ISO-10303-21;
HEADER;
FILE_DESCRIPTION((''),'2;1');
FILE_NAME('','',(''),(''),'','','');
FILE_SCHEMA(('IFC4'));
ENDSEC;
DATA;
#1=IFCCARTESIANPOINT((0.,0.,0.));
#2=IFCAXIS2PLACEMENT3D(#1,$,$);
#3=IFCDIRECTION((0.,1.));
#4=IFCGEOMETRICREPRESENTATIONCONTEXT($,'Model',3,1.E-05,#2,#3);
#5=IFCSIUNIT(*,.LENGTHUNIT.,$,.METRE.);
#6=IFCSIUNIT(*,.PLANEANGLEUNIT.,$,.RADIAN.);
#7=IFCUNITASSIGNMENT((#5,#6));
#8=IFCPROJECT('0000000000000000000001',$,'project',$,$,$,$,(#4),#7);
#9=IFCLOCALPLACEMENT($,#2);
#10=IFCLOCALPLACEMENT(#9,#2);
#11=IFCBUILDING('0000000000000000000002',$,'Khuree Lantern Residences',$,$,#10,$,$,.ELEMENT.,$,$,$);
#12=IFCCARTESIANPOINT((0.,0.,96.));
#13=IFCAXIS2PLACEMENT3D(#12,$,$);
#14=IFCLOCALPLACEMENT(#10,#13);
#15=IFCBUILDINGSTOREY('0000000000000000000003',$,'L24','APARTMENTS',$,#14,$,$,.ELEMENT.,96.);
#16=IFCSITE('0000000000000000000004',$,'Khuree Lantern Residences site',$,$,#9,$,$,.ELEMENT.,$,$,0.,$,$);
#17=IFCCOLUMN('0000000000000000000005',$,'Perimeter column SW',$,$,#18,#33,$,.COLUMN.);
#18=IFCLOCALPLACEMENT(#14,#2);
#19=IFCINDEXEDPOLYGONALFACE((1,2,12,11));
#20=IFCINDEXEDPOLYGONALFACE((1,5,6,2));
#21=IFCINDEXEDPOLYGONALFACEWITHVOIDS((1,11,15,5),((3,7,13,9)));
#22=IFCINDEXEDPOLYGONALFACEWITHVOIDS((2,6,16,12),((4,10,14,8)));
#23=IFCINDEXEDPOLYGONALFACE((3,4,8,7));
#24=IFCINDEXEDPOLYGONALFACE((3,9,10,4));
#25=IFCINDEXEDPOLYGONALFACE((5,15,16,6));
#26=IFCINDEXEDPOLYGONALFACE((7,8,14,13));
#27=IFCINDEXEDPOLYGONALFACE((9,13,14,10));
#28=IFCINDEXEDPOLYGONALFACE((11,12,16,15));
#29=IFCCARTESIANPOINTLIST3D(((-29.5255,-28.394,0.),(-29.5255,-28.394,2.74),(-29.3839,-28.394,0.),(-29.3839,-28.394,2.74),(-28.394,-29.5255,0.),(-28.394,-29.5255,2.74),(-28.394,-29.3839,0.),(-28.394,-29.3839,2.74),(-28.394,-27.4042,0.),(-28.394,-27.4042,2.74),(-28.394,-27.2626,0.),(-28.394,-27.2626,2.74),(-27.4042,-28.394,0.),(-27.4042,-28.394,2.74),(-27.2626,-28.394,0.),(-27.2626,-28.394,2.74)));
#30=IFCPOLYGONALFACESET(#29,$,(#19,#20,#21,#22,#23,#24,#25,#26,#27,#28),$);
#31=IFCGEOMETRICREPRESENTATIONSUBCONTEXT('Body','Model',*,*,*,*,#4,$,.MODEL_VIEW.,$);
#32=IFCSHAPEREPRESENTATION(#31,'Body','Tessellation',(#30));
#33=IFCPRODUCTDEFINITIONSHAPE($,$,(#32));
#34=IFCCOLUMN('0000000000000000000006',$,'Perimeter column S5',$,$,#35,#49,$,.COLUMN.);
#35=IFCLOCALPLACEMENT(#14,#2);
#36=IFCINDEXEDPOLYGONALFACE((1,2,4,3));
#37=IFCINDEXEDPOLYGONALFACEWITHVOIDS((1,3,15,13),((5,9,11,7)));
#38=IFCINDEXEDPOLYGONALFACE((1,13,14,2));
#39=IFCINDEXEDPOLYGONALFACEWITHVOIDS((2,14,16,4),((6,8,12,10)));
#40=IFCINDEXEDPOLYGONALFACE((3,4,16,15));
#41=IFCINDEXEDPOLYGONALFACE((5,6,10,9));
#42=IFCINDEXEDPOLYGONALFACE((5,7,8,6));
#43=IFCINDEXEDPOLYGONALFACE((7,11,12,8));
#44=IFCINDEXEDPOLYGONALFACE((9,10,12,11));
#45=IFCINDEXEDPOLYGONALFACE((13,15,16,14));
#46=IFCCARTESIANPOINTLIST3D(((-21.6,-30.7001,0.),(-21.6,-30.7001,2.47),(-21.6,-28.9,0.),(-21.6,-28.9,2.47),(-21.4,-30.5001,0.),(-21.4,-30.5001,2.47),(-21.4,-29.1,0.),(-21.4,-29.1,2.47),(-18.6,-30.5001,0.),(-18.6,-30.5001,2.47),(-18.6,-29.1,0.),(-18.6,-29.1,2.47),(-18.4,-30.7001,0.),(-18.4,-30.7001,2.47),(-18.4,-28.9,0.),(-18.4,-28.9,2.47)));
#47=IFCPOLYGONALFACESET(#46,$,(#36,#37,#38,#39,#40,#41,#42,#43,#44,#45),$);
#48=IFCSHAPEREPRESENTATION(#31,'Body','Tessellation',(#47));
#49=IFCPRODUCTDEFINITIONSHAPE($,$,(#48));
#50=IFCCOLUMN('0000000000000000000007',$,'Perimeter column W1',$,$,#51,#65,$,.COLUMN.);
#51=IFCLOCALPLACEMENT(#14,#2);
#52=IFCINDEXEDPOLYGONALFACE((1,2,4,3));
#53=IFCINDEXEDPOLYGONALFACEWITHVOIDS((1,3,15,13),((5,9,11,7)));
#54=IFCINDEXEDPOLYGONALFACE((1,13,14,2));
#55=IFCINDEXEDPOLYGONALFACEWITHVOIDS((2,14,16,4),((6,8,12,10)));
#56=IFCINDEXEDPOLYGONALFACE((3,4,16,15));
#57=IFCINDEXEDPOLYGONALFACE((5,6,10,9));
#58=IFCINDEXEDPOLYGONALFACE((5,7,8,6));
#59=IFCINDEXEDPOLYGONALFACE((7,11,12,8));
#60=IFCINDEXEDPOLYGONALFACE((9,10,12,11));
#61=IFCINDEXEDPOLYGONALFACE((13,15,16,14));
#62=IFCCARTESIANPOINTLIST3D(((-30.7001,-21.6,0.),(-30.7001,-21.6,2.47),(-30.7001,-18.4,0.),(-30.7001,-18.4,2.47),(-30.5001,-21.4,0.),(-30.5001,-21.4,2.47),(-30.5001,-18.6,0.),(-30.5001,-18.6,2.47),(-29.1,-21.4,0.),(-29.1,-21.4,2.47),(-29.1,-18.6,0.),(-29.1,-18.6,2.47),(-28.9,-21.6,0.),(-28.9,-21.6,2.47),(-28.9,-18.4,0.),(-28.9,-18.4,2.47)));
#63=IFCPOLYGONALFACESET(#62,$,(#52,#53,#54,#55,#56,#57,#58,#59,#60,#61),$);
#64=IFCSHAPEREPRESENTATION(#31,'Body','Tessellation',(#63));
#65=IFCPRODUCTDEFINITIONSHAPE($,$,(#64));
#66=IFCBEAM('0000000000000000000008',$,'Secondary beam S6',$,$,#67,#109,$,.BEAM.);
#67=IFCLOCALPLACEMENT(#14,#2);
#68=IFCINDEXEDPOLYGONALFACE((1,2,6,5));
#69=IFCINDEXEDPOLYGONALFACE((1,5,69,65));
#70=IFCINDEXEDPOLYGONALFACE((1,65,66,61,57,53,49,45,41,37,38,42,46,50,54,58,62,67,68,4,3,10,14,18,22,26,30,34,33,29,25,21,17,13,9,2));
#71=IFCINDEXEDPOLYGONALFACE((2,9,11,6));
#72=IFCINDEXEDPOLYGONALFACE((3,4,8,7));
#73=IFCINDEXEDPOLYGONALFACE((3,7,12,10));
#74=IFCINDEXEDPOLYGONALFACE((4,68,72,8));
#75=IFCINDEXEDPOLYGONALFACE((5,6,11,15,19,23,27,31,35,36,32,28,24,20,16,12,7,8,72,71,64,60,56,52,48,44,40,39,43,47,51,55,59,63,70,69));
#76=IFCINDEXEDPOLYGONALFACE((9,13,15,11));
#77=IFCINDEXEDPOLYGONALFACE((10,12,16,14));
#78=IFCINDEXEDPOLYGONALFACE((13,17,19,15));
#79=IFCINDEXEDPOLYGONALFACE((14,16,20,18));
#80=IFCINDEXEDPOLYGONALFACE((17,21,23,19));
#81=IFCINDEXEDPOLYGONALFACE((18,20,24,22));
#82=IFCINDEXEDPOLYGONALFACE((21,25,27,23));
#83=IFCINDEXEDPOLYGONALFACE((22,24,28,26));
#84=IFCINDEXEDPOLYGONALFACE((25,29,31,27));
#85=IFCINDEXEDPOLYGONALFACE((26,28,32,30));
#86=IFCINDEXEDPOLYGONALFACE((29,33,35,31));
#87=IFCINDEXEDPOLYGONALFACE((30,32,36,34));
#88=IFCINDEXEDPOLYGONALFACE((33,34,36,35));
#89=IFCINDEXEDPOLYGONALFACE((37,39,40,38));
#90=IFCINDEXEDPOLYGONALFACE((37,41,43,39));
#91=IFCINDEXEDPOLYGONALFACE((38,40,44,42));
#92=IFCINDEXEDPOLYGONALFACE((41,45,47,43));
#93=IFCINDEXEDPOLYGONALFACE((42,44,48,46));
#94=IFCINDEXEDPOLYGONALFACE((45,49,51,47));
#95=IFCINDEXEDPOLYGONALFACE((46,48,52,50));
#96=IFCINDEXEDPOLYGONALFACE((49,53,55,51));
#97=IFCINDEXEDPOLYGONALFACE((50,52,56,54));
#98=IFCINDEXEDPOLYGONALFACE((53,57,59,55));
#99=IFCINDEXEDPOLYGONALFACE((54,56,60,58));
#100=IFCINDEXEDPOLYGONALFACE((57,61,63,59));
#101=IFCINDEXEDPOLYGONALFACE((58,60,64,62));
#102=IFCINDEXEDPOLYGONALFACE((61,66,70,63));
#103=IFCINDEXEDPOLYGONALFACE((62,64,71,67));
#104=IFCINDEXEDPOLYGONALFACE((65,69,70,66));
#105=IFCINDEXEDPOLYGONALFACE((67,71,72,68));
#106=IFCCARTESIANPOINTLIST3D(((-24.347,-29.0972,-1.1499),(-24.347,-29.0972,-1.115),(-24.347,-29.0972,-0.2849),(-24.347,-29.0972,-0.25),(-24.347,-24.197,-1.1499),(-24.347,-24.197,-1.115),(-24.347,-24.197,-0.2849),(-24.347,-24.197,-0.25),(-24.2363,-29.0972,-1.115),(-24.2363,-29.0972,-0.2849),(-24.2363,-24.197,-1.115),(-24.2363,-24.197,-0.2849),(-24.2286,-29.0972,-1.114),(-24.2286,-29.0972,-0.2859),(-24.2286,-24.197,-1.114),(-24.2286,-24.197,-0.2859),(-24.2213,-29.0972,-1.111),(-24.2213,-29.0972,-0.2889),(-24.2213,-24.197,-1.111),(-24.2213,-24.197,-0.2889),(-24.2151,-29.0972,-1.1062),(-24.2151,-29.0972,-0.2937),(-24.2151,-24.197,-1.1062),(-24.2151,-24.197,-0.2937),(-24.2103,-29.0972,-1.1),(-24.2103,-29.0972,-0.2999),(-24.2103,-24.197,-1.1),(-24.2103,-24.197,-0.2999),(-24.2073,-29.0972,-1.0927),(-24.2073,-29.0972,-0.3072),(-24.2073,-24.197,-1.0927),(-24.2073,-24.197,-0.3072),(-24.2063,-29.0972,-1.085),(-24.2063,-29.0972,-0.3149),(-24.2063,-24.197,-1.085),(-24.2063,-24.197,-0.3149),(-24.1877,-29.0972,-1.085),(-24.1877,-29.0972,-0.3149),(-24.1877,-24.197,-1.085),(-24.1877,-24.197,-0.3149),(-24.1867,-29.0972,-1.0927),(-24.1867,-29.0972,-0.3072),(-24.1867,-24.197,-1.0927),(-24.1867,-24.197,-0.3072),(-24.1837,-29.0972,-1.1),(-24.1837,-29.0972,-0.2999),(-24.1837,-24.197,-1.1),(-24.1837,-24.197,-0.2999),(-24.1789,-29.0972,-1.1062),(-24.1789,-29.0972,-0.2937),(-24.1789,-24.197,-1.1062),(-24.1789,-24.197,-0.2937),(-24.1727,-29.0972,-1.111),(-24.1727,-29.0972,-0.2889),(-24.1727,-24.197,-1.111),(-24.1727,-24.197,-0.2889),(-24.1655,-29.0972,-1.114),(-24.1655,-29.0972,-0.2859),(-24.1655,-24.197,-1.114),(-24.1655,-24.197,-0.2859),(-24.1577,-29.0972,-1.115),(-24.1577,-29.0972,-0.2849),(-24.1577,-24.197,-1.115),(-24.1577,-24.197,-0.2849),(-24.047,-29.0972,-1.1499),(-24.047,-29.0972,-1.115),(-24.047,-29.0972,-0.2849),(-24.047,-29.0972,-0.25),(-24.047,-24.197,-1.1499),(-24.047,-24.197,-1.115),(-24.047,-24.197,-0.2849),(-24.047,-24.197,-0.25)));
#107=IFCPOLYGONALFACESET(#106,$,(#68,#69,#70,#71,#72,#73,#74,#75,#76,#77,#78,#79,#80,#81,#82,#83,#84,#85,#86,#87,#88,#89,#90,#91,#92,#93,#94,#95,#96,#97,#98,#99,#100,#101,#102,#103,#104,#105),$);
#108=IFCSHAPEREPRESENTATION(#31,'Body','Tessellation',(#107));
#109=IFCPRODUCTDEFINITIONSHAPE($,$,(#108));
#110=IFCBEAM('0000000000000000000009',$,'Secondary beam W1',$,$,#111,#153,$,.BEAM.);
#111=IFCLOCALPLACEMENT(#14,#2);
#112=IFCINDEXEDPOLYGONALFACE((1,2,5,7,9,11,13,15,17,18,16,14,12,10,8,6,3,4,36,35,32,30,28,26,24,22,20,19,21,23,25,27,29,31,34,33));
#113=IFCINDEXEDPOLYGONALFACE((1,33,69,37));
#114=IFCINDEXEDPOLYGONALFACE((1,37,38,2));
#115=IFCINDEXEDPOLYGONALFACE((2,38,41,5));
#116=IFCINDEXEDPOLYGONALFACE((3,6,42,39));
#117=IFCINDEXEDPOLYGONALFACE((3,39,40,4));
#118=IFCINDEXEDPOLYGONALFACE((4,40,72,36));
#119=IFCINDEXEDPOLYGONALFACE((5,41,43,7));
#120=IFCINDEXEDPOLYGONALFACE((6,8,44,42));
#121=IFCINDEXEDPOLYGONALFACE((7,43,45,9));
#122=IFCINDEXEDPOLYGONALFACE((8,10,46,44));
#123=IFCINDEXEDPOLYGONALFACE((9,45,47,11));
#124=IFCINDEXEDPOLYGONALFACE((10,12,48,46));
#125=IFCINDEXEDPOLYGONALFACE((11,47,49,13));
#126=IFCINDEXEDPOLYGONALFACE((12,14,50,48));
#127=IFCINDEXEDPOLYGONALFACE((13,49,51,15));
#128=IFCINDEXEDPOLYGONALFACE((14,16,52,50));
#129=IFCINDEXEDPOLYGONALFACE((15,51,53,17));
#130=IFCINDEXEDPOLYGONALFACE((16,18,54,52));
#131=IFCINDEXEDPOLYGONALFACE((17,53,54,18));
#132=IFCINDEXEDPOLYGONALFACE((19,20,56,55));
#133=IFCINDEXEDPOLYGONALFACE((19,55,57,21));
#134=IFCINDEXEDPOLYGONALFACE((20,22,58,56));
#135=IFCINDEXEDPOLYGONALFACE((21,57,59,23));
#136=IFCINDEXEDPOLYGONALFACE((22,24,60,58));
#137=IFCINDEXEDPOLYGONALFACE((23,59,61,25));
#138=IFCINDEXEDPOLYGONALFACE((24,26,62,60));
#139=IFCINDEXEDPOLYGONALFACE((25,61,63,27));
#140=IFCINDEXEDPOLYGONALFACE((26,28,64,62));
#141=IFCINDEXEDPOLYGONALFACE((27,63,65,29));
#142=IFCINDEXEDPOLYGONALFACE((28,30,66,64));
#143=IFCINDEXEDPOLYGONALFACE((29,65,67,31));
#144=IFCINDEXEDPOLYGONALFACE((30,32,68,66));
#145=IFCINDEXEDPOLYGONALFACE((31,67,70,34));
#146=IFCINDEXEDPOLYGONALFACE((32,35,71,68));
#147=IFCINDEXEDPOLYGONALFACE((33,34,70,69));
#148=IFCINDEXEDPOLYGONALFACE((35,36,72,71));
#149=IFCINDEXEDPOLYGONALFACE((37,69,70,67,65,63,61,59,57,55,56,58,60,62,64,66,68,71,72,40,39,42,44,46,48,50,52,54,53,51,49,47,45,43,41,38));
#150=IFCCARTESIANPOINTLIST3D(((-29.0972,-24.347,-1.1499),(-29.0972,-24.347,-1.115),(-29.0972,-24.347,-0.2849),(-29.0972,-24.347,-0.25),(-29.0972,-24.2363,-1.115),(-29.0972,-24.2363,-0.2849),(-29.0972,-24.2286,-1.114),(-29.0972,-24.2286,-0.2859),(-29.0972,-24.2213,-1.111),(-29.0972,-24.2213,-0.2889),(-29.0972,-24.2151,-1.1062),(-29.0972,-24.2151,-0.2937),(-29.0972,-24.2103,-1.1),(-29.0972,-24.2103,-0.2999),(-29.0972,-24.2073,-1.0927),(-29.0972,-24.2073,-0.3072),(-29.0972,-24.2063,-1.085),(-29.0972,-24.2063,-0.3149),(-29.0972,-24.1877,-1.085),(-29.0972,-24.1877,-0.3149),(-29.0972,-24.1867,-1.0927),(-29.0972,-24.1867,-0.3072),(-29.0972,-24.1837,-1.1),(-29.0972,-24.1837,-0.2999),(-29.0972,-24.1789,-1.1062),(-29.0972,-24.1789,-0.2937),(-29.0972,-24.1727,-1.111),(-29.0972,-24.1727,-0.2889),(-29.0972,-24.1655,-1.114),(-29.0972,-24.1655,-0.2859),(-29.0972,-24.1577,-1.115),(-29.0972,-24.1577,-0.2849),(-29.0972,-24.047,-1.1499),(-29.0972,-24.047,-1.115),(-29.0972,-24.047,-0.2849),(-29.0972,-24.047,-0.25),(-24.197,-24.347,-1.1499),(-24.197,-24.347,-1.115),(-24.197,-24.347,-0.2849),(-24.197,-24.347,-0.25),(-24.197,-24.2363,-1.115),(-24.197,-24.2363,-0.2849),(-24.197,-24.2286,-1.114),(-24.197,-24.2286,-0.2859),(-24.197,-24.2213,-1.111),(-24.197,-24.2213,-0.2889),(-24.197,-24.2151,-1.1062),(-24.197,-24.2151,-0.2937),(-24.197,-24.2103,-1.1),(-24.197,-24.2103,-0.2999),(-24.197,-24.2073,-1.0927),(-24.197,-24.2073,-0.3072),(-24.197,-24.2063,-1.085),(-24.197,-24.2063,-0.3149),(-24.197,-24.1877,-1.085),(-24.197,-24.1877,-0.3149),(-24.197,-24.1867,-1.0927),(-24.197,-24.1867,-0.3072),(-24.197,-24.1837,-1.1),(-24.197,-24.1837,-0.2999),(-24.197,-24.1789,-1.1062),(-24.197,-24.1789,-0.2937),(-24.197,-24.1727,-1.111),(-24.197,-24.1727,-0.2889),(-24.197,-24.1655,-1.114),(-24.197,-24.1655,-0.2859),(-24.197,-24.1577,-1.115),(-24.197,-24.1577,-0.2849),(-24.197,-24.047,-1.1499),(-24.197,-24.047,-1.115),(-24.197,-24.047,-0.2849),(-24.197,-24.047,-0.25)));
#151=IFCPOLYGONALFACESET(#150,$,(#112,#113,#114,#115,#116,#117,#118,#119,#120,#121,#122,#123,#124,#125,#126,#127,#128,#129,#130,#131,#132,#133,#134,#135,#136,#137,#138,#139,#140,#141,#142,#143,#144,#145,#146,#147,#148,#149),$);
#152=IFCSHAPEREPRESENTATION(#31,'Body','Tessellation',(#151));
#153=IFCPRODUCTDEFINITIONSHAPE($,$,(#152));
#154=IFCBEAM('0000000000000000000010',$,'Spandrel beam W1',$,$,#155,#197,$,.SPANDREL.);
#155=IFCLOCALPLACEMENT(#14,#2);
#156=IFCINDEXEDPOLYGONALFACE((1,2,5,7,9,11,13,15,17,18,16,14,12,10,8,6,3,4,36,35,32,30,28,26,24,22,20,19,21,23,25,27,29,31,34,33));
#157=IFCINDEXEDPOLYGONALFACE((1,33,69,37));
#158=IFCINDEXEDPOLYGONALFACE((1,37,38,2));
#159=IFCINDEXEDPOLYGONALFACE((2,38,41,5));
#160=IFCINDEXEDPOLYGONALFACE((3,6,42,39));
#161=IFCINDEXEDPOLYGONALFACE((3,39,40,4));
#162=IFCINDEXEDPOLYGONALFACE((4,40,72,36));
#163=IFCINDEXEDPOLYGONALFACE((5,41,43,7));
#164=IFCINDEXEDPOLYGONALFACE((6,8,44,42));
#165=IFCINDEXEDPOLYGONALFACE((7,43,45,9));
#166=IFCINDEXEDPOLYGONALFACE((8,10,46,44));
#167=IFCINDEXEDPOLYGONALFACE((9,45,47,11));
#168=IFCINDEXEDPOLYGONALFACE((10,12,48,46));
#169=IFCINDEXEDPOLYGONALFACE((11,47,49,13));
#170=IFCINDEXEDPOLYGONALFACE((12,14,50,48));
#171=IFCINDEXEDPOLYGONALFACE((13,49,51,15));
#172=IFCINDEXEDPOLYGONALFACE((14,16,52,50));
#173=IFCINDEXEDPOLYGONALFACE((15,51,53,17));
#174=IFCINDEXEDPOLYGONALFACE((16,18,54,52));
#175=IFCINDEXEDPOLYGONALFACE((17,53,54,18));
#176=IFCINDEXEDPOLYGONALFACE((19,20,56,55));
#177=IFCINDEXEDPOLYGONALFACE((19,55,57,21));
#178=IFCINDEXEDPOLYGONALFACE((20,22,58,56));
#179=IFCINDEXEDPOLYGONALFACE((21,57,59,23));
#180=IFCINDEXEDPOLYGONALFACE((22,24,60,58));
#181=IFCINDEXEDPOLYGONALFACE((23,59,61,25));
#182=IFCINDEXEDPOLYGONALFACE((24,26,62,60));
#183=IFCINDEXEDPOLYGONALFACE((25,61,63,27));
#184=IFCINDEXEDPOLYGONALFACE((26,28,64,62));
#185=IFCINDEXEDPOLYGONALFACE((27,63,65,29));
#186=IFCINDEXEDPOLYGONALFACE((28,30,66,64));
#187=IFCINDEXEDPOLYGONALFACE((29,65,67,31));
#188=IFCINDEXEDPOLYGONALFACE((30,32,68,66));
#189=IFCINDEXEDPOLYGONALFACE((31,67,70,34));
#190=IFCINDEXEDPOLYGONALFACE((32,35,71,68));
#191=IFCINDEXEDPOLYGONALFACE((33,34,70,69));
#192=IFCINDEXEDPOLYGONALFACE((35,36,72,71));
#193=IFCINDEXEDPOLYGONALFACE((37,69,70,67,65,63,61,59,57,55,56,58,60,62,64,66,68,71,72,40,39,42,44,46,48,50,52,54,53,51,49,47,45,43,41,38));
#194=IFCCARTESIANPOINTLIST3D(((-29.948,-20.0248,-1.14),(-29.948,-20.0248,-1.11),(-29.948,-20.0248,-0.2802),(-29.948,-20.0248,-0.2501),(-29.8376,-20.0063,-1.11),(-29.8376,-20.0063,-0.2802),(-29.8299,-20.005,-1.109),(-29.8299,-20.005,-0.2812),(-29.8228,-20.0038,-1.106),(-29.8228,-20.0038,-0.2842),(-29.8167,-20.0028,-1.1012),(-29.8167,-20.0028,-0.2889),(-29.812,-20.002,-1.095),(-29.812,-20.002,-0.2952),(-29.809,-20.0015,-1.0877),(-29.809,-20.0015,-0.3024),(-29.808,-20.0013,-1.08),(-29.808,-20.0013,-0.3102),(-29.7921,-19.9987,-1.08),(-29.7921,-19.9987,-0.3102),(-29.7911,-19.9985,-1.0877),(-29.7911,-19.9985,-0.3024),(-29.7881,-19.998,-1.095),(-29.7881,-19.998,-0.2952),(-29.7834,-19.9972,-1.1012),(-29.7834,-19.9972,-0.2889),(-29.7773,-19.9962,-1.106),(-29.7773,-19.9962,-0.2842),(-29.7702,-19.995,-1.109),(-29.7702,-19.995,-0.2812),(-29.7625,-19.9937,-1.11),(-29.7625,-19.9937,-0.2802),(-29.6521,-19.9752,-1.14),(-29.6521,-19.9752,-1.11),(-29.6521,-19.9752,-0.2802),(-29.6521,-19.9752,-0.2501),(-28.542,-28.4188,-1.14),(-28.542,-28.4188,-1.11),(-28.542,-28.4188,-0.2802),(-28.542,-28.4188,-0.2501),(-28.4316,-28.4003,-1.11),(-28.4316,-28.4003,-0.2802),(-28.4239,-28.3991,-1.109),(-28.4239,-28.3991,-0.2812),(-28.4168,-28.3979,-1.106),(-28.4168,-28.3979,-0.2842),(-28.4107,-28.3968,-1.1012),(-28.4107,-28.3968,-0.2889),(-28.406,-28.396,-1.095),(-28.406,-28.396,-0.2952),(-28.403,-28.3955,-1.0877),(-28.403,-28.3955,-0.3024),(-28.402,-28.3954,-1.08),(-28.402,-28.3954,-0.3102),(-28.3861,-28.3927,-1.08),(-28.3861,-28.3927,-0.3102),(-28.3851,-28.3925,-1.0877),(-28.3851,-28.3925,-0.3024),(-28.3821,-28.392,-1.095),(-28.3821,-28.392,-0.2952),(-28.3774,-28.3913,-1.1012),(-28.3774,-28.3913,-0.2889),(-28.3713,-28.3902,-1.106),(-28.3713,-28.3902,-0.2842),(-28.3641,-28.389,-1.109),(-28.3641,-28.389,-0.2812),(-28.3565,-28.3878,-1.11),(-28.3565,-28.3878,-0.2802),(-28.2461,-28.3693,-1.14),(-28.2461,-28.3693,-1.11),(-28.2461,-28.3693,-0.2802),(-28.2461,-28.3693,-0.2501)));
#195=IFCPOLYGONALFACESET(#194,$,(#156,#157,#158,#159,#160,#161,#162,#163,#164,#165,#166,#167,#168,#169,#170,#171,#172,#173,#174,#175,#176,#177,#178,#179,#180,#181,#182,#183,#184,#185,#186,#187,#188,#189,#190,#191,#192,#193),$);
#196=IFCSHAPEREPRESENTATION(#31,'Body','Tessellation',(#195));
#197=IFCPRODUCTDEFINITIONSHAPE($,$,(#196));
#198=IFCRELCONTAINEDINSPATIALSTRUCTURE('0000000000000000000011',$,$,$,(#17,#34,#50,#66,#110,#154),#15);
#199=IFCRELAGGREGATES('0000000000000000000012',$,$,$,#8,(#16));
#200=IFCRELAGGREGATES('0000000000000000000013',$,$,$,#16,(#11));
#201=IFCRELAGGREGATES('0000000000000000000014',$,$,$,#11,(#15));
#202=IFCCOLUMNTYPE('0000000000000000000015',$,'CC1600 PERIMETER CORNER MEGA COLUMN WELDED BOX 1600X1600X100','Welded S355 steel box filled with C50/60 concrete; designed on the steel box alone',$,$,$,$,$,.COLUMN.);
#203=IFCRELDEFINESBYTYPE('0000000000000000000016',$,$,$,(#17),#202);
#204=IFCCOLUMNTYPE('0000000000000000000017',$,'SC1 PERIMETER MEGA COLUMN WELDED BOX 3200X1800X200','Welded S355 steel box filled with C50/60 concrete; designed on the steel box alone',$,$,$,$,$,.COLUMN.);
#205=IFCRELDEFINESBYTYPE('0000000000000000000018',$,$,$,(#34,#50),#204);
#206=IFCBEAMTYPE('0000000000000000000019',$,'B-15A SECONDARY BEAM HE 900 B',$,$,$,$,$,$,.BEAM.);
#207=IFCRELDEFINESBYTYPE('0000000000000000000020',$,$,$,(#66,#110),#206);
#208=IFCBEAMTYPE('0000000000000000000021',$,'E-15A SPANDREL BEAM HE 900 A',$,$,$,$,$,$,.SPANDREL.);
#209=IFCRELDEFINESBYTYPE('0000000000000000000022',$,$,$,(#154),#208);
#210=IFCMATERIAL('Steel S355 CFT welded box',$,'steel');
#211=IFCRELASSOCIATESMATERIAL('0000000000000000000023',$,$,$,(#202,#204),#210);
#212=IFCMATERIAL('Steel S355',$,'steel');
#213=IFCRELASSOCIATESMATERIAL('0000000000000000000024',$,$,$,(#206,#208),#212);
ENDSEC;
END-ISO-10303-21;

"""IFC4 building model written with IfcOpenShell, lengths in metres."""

from ifc_helpers import new_model, si_unit, direction, frame, origin, origin_2d, place, context, subcontext, project, spatial, hollow_rectangle, i_section, extrude, material, material_profile, profile_set, type_object, element, save


model = new_model("IFC4")

# Units and contexts
model_context = context("Model", 3, precision=1e-05, world=origin(), true_north=direction((0.0, 1.0)))
body_context = subcontext(model_context, "Body", "Model", "MODEL_VIEW")
ifc_project = project(units=[si_unit("LENGTHUNIT", "METRE"), si_unit("PLANEANGLEUNIT", "RADIAN")], contexts=[model_context])

# Site, building, storey
site_placement = place(None, origin())
site = spatial("IfcSite", under=ifc_project, at=site_placement, Name="Khuree Lantern Residences site", CompositionType="ELEMENT", RefElevation=0.0)
building_placement = place(site_placement, origin())
building = spatial("IfcBuilding", under=site, at=building_placement, Name="Khuree Lantern Residences", CompositionType="ELEMENT")
storey_placement = place(building_placement, frame((0.0, 0.0, 96.0)))
storey = spatial("IfcBuildingStorey", under=building, at=storey_placement, Name="L24", Description="APARTMENTS", CompositionType="ELEMENT", Elevation=96.0)

# Columns
ifc_material_1 = material(Name="Steel S355 CFT welded box", Category="steel")
ifc_material_profile_1 = material_profile(ifc_material_1, hollow_rectangle(XDim=1.6001, YDim=1.6001, WallThickness=0.1001, at=origin_2d()), Name="WELDED BOX 1600X1600X100")
ifc_profile_set_1 = profile_set([ifc_material_profile_1], Name="Steel S355 CFT welded box")
column_type_1 = type_object("IfcColumnType", Name="CC1600 PERIMETER CORNER MEGA COLUMN WELDED BOX 1600X1600X100", Description="Welded S355 steel box filled with C50/60 concrete; designed on the steel box alone", PredefinedType="COLUMN", material=ifc_profile_set_1)
column_placement = place(storey_placement, frame((-28.394, -28.394, 0.0), z_axis=(0.0, 0.0, 1.0), x_axis=(0.707107, -0.707107, 0.0)))
element("IfcColumn", 1, at=column_placement, inside=storey, type_object=column_type_1, Name="Perimeter column SW", PredefinedType="COLUMN", context=body_context, shape_type="SweptSolid", body=[
    extrude(hollow_rectangle(XDim=1.6001, YDim=1.6001, WallThickness=0.1001, at=origin_2d()), origin(), (0.0, 0.0, 1.0), 2.74),
])
ifc_material_profile_2 = material_profile(ifc_material_1, hollow_rectangle(XDim=3.2, YDim=1.8, WallThickness=0.2, at=origin_2d()), Name="WELDED BOX 3200X1800X200")
ifc_profile_set_2 = profile_set([ifc_material_profile_2], Name="Steel S355 CFT welded box")
column_type_2 = type_object("IfcColumnType", Name="SC1 PERIMETER MEGA COLUMN WELDED BOX 3200X1800X200", Description="Welded S355 steel box filled with C50/60 concrete; designed on the steel box alone", PredefinedType="COLUMN", material=ifc_profile_set_2)
for number, where, z_axis, x_axis, name in (
    (2, (-20.0, -29.8, 0.0), (0.0, 0.0, 1.0), (1.0, 0.0, 0.0), "Perimeter column S5"),
    (3, (-29.8, -20.0, 0.0), (0.0, 0.0, 1.0), (0.0, 1.0, 0.0), "Perimeter column W1"),
):
    element("IfcColumn", number, at=place(storey_placement, frame(where, z_axis=z_axis, x_axis=x_axis)), inside=storey, type_object=column_type_2, Name=name, PredefinedType="COLUMN", context=body_context, shape_type="SweptSolid", body=[
        extrude(hollow_rectangle(XDim=3.2, YDim=1.8, WallThickness=0.2, at=origin_2d()), origin(), (0.0, 0.0, 1.0), 2.47),
    ])

# Beams
ifc_material_2 = material(Name="Steel S355", Category="steel")
ifc_material_profile_3 = material_profile(ifc_material_2, i_section(OverallWidth=0.3, OverallDepth=0.8999, WebThickness=0.0186, FlangeThickness=0.0349, FilletRadius=0.03, at=origin_2d()), Name="HE 900 B")
ifc_profile_set_3 = profile_set([ifc_material_profile_3], Name="Steel S355")
beam_type_1 = type_object("IfcBeamType", Name="B-15A SECONDARY BEAM HE 900 B", PredefinedType="BEAM", material=ifc_profile_set_3)
for number, where, z_axis, x_axis, name in (
    (4, (-24.197, -29.0972, -0.7), (0.0, 1.0, 0.0), (-1.0, 0.0, 0.0), "Secondary beam S6"),
    (5, (-29.0972, -24.197, -0.7), (1.0, 0.0, 0.0), (0.0, 1.0, 0.0), "Secondary beam W1"),
):
    element("IfcBeam", number, at=place(storey_placement, frame(where, z_axis=z_axis, x_axis=x_axis)), inside=storey, type_object=beam_type_1, Name=name, PredefinedType="BEAM", context=body_context, shape_type="SweptSolid", body=[
        extrude(i_section(OverallWidth=0.3, OverallDepth=0.8999, WebThickness=0.0186, FlangeThickness=0.0349, FilletRadius=0.03, at=origin_2d()), origin(), (0.0, 0.0, 1.0), 4.9001),
    ])
ifc_material_profile_4 = material_profile(ifc_material_2, i_section(OverallWidth=0.3, OverallDepth=0.8899, WebThickness=0.0161, FlangeThickness=0.03, FilletRadius=0.03, at=origin_2d()), Name="HE 900 A")
ifc_profile_set_4 = profile_set([ifc_material_profile_4], Name="Steel S355")
beam_type_2 = type_object("IfcBeamType", Name="E-15A SPANDREL BEAM HE 900 A", PredefinedType="SPANDREL", material=ifc_profile_set_4)
beam_1_placement = place(storey_placement, frame((-28.394, -28.394, -0.6951), z_axis=(-0.165199, 0.98626, 0.0), x_axis=(-0.98626, -0.165199, 0.0)))
element("IfcBeam", 6, at=beam_1_placement, inside=storey, type_object=beam_type_2, Name="Spandrel beam W1", PredefinedType="SPANDREL", context=body_context, shape_type="SweptSolid", body=[
    extrude(i_section(OverallWidth=0.3, OverallDepth=0.8899, WebThickness=0.0161, FlangeThickness=0.03, FilletRadius=0.03, at=origin_2d()), origin(), (0.0, 0.0, 1.0), 8.511),
])

save(model, "model.ifc")
